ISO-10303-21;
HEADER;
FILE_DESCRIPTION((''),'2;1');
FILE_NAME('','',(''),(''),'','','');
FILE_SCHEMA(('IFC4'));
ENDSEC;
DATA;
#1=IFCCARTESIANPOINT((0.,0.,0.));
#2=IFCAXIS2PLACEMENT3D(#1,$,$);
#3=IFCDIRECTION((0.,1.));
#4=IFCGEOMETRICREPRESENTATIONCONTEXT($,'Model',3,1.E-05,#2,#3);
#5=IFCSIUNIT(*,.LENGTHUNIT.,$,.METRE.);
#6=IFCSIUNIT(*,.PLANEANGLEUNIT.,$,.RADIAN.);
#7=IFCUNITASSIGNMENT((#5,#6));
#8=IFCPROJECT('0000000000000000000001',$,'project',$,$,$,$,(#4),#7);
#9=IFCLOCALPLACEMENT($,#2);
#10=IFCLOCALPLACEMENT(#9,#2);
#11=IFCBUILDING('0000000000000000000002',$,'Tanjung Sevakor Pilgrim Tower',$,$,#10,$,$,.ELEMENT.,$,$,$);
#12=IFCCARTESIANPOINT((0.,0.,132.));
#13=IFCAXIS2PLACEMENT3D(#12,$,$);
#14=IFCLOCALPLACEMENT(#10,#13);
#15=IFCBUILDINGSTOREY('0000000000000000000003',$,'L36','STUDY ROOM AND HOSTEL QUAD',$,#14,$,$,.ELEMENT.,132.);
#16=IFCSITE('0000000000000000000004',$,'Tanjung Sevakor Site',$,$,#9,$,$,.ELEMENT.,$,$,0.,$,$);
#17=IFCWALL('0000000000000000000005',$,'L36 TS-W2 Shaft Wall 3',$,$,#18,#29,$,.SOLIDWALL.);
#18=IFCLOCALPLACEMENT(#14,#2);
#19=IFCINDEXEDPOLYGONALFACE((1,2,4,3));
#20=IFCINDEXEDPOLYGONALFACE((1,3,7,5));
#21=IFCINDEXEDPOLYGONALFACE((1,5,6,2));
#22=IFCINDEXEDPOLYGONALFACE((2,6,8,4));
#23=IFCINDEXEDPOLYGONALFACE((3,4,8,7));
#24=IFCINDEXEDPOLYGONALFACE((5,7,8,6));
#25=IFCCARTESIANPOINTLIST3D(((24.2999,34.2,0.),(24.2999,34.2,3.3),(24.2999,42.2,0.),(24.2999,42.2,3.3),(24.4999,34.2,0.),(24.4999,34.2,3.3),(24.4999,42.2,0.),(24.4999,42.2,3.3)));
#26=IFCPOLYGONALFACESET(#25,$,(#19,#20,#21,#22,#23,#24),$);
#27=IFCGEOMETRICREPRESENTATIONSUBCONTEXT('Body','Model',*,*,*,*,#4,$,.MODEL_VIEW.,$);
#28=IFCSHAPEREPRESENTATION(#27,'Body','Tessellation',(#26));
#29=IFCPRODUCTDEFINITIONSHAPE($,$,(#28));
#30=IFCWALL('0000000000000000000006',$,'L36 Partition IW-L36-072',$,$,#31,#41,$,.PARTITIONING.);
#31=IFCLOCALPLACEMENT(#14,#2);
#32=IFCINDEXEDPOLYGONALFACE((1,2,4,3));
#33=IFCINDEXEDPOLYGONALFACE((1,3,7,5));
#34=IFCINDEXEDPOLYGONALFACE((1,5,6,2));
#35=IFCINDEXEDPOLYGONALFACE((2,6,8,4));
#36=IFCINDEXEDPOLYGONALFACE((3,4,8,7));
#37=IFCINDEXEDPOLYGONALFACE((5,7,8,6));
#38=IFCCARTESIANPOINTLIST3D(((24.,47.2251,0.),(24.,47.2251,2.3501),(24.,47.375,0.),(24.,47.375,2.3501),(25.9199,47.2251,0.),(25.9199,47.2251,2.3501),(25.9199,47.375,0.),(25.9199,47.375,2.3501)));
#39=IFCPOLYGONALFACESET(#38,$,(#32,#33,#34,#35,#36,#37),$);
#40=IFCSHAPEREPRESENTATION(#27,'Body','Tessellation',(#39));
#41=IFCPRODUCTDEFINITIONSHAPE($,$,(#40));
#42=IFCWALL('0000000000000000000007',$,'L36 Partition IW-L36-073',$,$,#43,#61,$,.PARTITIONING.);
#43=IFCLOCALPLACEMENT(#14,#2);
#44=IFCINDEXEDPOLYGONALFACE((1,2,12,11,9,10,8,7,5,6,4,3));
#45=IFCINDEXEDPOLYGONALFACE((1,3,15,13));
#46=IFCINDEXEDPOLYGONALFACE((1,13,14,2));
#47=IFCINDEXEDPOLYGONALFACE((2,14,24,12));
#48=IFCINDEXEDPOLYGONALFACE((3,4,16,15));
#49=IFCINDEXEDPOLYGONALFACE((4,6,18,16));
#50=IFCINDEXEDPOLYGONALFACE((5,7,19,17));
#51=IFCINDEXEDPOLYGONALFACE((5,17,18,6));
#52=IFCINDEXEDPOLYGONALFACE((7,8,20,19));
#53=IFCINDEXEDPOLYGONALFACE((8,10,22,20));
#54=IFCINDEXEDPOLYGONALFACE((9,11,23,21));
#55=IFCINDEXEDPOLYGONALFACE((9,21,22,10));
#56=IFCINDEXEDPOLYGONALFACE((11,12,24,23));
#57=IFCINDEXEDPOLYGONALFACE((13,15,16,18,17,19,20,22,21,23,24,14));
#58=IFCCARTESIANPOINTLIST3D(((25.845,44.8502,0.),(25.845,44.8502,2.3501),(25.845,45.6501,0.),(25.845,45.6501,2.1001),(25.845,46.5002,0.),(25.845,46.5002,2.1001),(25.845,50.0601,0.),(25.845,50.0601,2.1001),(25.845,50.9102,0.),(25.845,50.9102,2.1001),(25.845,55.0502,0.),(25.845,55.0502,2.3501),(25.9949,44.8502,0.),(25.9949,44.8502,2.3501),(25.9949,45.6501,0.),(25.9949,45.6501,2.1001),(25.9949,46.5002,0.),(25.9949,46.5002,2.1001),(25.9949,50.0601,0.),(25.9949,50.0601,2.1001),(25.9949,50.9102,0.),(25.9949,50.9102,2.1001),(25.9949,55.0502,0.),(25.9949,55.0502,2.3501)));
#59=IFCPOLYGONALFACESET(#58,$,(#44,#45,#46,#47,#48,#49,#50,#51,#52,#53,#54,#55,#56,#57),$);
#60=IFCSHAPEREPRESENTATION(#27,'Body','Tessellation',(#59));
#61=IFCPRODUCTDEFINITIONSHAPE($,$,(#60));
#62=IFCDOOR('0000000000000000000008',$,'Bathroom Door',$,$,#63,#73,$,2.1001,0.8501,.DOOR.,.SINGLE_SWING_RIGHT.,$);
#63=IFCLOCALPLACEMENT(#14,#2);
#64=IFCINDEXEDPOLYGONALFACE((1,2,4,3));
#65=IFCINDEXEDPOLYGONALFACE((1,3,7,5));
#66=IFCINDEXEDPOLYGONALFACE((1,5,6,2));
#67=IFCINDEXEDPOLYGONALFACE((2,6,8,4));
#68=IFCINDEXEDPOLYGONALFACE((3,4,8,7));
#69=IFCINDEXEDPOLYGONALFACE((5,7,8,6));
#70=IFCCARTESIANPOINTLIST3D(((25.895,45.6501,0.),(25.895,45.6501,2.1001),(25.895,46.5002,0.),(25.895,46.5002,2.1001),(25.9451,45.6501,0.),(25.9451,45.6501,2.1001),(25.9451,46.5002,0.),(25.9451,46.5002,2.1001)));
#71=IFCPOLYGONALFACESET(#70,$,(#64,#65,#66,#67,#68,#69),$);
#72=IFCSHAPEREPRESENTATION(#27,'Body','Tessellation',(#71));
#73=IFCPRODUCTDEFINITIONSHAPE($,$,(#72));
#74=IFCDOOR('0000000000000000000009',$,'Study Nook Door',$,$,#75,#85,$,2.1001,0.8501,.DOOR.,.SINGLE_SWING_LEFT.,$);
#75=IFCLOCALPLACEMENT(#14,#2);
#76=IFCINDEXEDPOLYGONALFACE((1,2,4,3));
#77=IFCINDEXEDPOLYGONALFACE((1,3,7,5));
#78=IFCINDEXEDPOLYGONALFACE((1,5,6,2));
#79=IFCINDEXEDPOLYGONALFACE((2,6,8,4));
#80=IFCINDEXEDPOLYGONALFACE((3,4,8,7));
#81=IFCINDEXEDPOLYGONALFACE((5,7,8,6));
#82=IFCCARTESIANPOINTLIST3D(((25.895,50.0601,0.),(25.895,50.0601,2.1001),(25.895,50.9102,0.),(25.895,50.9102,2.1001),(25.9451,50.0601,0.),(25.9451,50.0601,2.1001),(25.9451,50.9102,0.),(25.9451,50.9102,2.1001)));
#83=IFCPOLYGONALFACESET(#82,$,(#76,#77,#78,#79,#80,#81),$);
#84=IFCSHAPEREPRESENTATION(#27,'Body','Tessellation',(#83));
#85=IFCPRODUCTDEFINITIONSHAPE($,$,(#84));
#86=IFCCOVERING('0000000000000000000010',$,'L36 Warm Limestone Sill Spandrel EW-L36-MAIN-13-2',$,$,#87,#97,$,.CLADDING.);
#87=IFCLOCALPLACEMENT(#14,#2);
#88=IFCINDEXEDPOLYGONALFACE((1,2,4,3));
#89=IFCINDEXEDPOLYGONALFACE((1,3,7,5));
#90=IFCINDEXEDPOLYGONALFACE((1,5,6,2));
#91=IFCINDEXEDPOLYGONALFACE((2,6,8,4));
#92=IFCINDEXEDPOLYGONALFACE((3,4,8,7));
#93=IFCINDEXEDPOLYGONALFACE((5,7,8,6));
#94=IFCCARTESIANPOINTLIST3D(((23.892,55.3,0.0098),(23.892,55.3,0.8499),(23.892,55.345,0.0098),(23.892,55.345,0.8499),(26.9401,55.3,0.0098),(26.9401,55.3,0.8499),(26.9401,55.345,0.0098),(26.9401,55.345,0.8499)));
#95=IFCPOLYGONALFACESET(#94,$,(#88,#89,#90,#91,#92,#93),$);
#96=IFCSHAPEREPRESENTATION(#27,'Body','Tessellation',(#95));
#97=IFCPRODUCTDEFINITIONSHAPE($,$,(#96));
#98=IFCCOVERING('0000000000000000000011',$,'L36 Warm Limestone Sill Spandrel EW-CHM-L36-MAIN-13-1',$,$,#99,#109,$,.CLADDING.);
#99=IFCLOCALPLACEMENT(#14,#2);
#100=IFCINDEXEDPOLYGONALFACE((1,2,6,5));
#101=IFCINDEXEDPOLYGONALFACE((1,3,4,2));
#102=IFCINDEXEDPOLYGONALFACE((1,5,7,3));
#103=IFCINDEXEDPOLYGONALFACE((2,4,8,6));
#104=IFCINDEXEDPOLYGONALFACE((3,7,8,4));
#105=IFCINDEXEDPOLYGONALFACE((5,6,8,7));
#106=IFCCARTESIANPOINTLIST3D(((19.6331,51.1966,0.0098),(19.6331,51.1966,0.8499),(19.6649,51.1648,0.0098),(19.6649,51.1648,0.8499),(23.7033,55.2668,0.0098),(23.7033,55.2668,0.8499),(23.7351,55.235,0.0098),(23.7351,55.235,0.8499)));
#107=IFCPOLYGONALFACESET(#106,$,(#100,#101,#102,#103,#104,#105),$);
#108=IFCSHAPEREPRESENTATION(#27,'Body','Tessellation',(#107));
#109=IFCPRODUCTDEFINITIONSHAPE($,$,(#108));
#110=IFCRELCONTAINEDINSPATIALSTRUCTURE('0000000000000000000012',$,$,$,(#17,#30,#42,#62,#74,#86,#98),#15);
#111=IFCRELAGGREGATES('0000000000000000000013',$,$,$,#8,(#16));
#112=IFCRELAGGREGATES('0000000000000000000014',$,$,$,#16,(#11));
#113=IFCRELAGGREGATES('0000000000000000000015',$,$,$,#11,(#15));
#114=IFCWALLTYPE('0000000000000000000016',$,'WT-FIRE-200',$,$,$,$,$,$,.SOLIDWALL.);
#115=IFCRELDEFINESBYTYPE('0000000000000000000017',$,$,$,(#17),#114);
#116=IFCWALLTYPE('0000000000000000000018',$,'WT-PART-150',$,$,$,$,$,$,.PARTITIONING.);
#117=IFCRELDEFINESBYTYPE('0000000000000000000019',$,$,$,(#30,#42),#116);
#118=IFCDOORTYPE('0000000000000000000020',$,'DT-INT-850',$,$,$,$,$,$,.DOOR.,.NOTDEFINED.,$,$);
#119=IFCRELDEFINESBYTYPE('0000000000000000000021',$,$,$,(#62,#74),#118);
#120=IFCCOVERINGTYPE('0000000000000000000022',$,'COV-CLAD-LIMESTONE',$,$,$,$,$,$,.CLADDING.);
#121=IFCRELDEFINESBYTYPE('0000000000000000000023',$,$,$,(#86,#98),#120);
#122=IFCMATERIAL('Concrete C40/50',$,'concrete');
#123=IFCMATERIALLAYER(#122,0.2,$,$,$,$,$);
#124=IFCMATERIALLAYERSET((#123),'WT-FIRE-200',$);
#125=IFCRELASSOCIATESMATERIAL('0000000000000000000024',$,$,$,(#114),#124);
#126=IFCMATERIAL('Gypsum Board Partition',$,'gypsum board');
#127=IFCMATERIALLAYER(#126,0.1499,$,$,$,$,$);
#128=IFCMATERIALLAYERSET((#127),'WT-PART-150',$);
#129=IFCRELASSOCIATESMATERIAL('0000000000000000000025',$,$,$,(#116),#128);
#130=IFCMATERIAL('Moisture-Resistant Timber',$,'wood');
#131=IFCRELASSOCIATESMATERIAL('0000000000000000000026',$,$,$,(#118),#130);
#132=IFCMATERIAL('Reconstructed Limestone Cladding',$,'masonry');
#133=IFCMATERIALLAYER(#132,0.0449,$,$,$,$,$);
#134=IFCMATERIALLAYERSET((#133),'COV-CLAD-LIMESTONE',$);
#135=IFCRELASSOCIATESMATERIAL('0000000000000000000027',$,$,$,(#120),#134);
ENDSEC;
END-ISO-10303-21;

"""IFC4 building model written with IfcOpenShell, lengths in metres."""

from ifc_helpers import new_model, si_unit, direction, frame, frame_2d, origin, origin_2d, place, context, subcontext, project, spatial, rectangle, extrude, material, layer, layer_set, type_object, element, fill, save


model = new_model("IFC4")

# Units and contexts
model_context = context("Model", 3, precision=1e-05, world=origin(), true_north=direction((0.0, 1.0)))
body_context = subcontext(model_context, "Body", "Model", "MODEL_VIEW")
ifc_project = project(units=[si_unit("LENGTHUNIT", "METRE"), si_unit("PLANEANGLEUNIT", "RADIAN")], contexts=[model_context])

# Site, building, storey
site_placement = place(None, origin())
site = spatial("IfcSite", under=ifc_project, at=site_placement, Name="Tanjung Sevakor Site", CompositionType="ELEMENT", RefElevation=0.0)
building_placement = place(site_placement, origin())
building = spatial("IfcBuilding", under=site, at=building_placement, Name="Tanjung Sevakor Pilgrim Tower", CompositionType="ELEMENT")
storey_placement = place(building_placement, frame((0.0, 0.0, 132.0)))
storey = spatial("IfcBuildingStorey", under=building, at=storey_placement, Name="L36", Description="STUDY ROOM AND HOSTEL QUAD", CompositionType="ELEMENT", Elevation=132.0)

# Walls
ifc_material_1 = material(Name="Concrete C40/50", Category="concrete")
ifc_layer_1 = layer(ifc_material_1, 0.2)
ifc_layer_set_1 = layer_set([ifc_layer_1], Name="WT-FIRE-200")
wall_type_1 = type_object("IfcWallType", Name="WT-FIRE-200", PredefinedType="SOLIDWALL", material=ifc_layer_set_1)
wall_1_placement = place(storey_placement, frame((24.3999, 42.2, 0.0), z_axis=(0.0, 0.0, 1.0), x_axis=(0.0, -1.0, 0.0)))
element("IfcWall", 1, at=wall_1_placement, inside=storey, type_object=wall_type_1, Name="L36 TS-W2 Shaft Wall 3", PredefinedType="SOLIDWALL", context=body_context, shape_type="SweptSolid", body=[
    extrude(rectangle(XDim=8.0, YDim=0.2, at=frame_2d((4.0, 0.0))), origin(), (0.0, 0.0, 1.0), 3.3),
])
ifc_material_2 = material(Name="Gypsum Board Partition", Category="gypsum board")
ifc_layer_2 = layer(ifc_material_2, 0.1499)
ifc_layer_set_2 = layer_set([ifc_layer_2], Name="WT-PART-150")
wall_type_2 = type_object("IfcWallType", Name="WT-PART-150", PredefinedType="PARTITIONING", material=ifc_layer_set_2)
wall_2_placement = place(storey_placement, frame((24.0, 47.3, 0.0), z_axis=(0.0, 0.0, 1.0), x_axis=(1.0, 0.0, 0.0)))
element("IfcWall", 2, at=wall_2_placement, inside=storey, type_object=wall_type_2, Name="L36 Partition IW-L36-072", PredefinedType="PARTITIONING", context=body_context, shape_type="SweptSolid", body=[
    extrude(rectangle(XDim=1.9199, YDim=0.1499, at=frame_2d((0.96, 0.0))), origin(), (0.0, 0.0, 1.0), 2.3501),
])

# Wall, openings, doors
wall_3_placement = place(storey_placement, frame((25.9199, 44.8501, 0.0), z_axis=(0.0, 0.0, 1.0), x_axis=(0.0, 1.0, 0.0)))
wall_3 = element("IfcWall", 3, at=wall_3_placement, inside=storey, type_object=wall_type_2, Name="L36 Partition IW-L36-073", PredefinedType="PARTITIONING", context=body_context, shape_type="SweptSolid", body=[
    extrude(rectangle(XDim=10.2, YDim=0.1499, at=frame_2d((5.1001, 0.0))), origin(), (0.0, 0.0, 1.0), 2.3501),
])
opening_1_placement = place(wall_3_placement, frame((0.8, 0.0, 0.0)))
opening_1 = element("IfcOpeningElement", 4, at=opening_1_placement, cuts=wall_3, PredefinedType="OPENING", context=body_context, shape_type="SweptSolid", body=[
    extrude(rectangle(XDim=0.8501, YDim=2.1001, at=frame_2d((0.425, 1.05))), frame((0.0, 0.085, 0.0), z_axis=(0.0, -1.0, 0.0), x_axis=(1.0, 0.0, 0.0)), (0.0, 0.0, 1.0), 0.1699),
])
opening_2_placement = place(wall_3_placement, frame((5.21, 0.0, 0.0)))
opening_2 = element("IfcOpeningElement", 5, at=opening_2_placement, cuts=wall_3, PredefinedType="OPENING", context=body_context, shape_type="SweptSolid", body=[
    extrude(rectangle(XDim=0.8501, YDim=2.1001, at=frame_2d((0.425, 1.05))), frame((0.0, 0.085, 0.0), z_axis=(0.0, -1.0, 0.0), x_axis=(1.0, 0.0, 0.0)), (0.0, 0.0, 1.0), 0.1699),
])
ifc_material_3 = material(Name="Moisture-Resistant Timber", Category="wood")
door_type_1 = type_object("IfcDoorType", Name="DT-INT-850", OperationType="NOTDEFINED", PredefinedType="DOOR", material=ifc_material_3)
door_1_placement = place(opening_1_placement, origin())
door_1 = element("IfcDoor", 6, at=door_1_placement, inside=storey, type_object=door_type_1, Name="Bathroom Door", OperationType="SINGLE_SWING_RIGHT", OverallHeight=2.1001, OverallWidth=0.8501, PredefinedType="DOOR", context=body_context, shape_type="SweptSolid", body=[
    extrude(rectangle(XDim=0.8501, YDim=2.1001, at=frame_2d((0.425, 1.05))), frame((0.0, 0.0249, 0.0), z_axis=(0.0, -1.0, 0.0), x_axis=(1.0, 0.0, 0.0)), (0.0, 0.0, 1.0), 0.05),
])
fill(opening_1, door_1)
door_2_placement = place(opening_2_placement, origin())
door_2 = element("IfcDoor", 7, at=door_2_placement, inside=storey, type_object=door_type_1, Name="Study Nook Door", OperationType="SINGLE_SWING_LEFT", OverallHeight=2.1001, OverallWidth=0.8501, PredefinedType="DOOR", context=body_context, shape_type="SweptSolid", body=[
    extrude(rectangle(XDim=0.8501, YDim=2.1001, at=frame_2d((0.425, 1.05))), frame((0.0, 0.0249, 0.0), z_axis=(0.0, -1.0, 0.0), x_axis=(1.0, 0.0, 0.0)), (0.0, 0.0, 1.0), 0.05),
])
fill(opening_2, door_2)

# Coverings
ifc_material_4 = material(Name="Reconstructed Limestone Cladding", Category="masonry")
ifc_layer_3 = layer(ifc_material_4, 0.0449)
ifc_layer_set_3 = layer_set([ifc_layer_3], Name="COV-CLAD-LIMESTONE")
covering_type = type_object("IfcCoveringType", Name="COV-CLAD-LIMESTONE", PredefinedType="CLADDING", material=ifc_layer_set_3)
covering_1_placement = place(storey_placement, frame((25.416, 55.3225, 0.0098), z_axis=(0.0, 0.0, 1.0), x_axis=(-1.0, 0.0, 0.0)))
element("IfcCovering", 8, at=covering_1_placement, inside=storey, type_object=covering_type, Name="L36 Warm Limestone Sill Spandrel EW-L36-MAIN-13-2", PredefinedType="CLADDING", context=body_context, shape_type="SweptSolid", body=[
    extrude(rectangle(XDim=3.0481, YDim=0.0449, at=origin_2d()), origin(), (0.0, 0.0, 1.0), 0.8401),
])
covering_2_placement = place(storey_placement, frame((21.6841, 53.2158, 0.0098), z_axis=(0.0, 0.0, 1.0), x_axis=(-0.707107, -0.707107, 0.0)))
element("IfcCovering", 9, at=covering_2_placement, inside=storey, type_object=covering_type, Name="L36 Warm Limestone Sill Spandrel EW-CHM-L36-MAIN-13-1", PredefinedType="CLADDING", context=body_context, shape_type="SweptSolid", body=[
    extrude(rectangle(XDim=5.7561, YDim=0.0449, at=origin_2d()), origin(), (0.0, 0.0, 1.0), 0.8401),
])

save(model, "model.ifc")
